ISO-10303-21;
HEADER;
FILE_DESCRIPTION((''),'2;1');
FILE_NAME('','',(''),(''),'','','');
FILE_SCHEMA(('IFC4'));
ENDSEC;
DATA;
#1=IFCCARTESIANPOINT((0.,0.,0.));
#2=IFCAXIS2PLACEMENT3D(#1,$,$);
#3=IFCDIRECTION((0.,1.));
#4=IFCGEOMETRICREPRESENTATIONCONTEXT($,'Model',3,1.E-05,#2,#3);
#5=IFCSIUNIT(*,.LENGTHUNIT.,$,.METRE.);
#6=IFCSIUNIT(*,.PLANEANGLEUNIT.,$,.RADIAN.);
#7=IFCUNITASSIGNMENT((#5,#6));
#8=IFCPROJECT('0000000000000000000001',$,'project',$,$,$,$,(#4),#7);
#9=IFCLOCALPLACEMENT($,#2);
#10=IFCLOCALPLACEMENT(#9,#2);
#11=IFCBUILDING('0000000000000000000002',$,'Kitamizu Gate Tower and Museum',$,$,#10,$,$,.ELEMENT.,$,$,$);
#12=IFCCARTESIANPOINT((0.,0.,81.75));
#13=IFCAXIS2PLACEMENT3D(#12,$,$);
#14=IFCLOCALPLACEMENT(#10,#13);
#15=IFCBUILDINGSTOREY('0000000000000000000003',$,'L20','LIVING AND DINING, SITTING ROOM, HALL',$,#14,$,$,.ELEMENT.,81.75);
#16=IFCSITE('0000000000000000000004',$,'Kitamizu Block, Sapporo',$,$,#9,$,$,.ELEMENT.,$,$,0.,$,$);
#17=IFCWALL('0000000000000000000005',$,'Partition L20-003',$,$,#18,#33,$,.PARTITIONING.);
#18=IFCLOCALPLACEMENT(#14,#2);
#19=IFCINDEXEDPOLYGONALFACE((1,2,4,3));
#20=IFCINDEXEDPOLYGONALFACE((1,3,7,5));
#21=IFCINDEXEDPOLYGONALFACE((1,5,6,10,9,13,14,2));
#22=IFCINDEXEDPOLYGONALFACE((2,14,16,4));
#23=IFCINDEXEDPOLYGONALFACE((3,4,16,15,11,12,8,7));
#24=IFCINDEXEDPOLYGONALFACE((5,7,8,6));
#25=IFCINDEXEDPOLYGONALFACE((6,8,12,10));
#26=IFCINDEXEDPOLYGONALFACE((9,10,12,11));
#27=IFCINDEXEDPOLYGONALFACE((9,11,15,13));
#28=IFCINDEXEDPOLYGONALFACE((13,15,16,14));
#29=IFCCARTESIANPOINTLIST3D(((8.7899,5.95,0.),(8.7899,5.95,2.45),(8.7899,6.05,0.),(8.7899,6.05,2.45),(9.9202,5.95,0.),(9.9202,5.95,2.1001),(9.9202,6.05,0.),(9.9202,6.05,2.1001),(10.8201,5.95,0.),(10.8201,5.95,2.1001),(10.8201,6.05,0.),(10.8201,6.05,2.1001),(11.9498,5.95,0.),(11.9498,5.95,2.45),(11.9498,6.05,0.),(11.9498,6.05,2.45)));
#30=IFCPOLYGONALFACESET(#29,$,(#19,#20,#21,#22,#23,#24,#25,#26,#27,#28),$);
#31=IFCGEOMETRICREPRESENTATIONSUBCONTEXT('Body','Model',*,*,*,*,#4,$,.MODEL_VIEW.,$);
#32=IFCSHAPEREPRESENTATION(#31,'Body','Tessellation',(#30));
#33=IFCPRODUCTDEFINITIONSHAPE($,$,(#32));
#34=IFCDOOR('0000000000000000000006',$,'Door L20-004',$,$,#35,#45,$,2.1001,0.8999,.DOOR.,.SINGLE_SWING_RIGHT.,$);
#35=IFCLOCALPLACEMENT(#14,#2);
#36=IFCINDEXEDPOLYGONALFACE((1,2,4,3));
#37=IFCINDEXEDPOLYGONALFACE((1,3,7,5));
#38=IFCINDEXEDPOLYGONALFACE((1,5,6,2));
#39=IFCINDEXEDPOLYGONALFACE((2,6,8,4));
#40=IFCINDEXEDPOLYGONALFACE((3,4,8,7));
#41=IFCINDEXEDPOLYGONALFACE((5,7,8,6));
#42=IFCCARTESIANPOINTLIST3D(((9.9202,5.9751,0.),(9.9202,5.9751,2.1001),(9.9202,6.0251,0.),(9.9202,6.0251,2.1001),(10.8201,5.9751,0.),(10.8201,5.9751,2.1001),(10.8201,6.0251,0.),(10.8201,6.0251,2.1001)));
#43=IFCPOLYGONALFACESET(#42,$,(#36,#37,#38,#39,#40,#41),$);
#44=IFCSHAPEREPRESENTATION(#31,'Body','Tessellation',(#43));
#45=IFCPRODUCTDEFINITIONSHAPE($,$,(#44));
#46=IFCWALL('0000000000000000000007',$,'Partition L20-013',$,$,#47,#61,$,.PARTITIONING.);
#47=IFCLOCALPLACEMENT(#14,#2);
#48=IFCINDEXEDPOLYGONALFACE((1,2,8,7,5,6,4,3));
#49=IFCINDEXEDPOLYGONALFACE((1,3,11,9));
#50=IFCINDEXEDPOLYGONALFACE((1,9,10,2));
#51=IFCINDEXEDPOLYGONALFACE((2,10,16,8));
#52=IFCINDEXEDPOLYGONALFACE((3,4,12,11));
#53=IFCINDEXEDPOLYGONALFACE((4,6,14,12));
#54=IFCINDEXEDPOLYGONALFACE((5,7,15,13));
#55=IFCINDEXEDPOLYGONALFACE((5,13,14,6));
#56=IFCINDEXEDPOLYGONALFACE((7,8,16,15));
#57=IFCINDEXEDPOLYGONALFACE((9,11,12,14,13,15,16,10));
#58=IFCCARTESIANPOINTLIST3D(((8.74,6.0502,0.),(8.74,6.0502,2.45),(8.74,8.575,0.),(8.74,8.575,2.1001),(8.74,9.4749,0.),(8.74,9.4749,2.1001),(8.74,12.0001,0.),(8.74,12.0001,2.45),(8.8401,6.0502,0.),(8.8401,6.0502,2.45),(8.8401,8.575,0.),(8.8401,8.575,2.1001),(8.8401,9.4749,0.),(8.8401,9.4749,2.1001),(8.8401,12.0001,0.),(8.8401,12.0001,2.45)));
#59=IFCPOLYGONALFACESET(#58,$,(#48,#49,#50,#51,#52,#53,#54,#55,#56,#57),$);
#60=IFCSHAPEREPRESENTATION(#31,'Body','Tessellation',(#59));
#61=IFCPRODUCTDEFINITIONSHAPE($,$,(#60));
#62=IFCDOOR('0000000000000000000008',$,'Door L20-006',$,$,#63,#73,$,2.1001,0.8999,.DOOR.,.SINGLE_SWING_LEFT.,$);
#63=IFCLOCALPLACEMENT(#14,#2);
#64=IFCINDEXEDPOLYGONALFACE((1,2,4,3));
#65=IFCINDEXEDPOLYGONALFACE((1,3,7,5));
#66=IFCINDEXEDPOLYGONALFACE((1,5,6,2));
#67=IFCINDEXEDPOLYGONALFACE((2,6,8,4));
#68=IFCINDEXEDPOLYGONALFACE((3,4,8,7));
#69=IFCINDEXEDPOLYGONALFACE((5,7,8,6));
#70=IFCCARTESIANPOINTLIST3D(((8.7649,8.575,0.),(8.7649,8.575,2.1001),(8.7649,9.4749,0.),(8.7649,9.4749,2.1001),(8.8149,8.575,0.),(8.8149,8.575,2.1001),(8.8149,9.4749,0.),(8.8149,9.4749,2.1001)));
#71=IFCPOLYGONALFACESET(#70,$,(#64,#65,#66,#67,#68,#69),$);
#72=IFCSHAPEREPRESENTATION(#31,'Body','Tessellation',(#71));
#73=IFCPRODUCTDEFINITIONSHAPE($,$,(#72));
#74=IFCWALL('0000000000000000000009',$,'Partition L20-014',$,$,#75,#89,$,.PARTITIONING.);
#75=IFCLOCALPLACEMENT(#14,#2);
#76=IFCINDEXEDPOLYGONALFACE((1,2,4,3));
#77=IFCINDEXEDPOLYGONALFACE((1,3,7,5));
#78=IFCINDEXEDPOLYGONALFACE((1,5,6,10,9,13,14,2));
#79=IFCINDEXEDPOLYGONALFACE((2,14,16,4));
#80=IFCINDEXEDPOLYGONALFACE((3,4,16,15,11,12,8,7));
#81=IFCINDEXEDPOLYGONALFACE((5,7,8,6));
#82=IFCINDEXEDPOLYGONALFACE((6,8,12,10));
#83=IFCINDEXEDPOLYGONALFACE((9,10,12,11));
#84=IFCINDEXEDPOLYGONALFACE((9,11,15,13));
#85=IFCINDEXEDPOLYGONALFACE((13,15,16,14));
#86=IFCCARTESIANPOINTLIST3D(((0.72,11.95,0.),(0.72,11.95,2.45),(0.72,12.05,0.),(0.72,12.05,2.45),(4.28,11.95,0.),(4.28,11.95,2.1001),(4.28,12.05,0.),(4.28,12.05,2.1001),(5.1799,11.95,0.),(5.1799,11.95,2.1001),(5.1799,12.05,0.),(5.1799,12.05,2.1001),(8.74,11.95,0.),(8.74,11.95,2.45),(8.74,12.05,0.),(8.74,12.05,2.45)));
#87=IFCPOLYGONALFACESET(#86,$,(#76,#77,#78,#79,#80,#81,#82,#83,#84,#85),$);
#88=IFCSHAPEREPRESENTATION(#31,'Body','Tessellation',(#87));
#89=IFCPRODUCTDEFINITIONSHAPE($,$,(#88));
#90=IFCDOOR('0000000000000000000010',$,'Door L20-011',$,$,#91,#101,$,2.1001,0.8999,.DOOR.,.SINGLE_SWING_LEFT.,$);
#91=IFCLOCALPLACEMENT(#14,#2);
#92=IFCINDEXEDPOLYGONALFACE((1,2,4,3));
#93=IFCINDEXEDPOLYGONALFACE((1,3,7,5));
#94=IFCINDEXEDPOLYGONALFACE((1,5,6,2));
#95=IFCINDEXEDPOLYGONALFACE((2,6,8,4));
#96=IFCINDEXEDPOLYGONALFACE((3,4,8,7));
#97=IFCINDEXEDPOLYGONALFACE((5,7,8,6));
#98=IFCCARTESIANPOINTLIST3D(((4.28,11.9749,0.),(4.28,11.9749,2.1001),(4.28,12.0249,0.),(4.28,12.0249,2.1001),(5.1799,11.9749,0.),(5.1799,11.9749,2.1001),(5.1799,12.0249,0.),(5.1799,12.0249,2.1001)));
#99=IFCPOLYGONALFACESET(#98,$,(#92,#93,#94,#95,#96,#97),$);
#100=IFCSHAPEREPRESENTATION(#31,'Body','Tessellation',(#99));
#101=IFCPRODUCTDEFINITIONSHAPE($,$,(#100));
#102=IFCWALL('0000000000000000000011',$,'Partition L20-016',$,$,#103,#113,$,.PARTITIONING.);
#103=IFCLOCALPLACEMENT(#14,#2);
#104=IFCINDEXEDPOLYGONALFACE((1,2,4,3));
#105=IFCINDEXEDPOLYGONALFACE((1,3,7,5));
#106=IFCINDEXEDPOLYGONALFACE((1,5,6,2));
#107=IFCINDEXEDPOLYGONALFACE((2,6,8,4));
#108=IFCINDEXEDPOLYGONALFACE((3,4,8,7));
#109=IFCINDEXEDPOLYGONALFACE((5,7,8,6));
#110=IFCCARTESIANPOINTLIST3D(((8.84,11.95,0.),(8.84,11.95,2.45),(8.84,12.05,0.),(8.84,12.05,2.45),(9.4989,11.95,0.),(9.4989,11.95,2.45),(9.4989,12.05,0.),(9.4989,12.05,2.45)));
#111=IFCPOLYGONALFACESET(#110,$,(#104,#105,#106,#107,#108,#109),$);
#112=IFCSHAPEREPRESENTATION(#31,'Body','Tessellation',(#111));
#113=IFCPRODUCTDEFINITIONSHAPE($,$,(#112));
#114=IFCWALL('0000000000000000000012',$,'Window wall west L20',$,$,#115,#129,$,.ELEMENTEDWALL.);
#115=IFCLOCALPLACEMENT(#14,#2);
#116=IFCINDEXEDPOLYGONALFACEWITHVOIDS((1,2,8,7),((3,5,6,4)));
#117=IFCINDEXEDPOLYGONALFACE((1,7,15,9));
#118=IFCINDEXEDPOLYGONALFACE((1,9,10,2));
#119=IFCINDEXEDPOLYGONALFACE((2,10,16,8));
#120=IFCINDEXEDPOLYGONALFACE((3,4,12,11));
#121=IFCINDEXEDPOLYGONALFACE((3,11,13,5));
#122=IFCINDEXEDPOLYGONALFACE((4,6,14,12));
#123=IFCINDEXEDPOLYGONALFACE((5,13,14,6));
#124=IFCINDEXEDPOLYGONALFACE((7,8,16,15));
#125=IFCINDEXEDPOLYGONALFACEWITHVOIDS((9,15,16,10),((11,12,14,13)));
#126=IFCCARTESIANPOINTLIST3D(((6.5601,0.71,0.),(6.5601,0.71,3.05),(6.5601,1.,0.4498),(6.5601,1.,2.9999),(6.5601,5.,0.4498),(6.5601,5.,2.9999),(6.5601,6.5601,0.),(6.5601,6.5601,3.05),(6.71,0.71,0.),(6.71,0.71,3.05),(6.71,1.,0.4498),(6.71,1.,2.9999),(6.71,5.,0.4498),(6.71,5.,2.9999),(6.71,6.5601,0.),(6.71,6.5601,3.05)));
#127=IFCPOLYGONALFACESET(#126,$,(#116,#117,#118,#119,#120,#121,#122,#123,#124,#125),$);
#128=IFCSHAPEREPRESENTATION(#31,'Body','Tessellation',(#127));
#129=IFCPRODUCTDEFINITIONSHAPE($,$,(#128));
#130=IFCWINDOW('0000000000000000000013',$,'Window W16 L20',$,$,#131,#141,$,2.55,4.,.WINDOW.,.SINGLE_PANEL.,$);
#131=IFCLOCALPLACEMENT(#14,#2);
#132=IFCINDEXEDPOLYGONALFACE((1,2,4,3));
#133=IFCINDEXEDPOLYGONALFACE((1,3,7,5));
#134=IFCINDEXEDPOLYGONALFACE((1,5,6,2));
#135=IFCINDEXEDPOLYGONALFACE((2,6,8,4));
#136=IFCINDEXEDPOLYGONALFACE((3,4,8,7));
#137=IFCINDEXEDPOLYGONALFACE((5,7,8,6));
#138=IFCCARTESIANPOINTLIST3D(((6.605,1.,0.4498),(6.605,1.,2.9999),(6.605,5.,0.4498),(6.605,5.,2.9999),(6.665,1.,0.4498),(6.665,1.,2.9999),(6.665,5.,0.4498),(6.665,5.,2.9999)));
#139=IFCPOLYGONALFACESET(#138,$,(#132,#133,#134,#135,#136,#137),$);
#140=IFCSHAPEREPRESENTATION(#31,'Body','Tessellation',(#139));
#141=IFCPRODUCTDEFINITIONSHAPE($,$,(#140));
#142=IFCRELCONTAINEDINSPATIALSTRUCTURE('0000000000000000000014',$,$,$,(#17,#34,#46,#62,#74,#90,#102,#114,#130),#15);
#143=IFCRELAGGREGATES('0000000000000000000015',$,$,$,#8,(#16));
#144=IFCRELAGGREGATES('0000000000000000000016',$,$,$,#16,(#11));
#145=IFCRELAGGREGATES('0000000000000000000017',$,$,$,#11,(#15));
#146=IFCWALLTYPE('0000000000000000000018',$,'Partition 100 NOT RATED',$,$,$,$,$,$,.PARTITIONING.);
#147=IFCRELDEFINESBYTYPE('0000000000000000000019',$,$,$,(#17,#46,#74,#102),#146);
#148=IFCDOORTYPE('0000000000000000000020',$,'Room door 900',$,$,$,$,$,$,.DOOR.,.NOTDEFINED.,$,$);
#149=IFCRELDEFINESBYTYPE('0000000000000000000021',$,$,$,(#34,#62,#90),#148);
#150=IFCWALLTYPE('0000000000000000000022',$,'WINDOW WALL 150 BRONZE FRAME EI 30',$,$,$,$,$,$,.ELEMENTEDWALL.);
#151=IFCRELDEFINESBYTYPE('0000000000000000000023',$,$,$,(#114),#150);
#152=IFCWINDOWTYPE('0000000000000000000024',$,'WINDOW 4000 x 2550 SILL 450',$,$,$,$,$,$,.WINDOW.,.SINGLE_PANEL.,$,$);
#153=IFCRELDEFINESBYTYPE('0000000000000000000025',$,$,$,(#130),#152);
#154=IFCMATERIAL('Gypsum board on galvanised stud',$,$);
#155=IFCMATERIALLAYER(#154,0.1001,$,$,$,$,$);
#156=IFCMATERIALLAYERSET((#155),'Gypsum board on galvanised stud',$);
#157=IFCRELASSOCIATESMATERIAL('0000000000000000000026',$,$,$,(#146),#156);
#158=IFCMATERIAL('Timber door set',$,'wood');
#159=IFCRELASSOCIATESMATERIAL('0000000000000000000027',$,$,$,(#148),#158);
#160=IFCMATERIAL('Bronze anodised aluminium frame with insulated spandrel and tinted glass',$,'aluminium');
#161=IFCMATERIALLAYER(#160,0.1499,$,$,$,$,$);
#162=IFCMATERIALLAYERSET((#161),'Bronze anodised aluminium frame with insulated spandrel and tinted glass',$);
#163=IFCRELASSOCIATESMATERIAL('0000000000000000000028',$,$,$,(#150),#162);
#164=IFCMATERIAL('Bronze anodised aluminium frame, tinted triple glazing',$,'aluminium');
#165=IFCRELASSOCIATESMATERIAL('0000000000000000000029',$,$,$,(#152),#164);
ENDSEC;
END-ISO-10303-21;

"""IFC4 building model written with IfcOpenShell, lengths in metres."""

from ifc_helpers import new_model, si_unit, direction, frame, frame_2d, origin, place, context, subcontext, project, spatial, rectangle, extrude, material, layer, layer_set, type_object, element, fill, save


model = new_model("IFC4")

# Units and contexts
model_context = context("Model", 3, precision=1e-05, world=origin(), true_north=direction((0.0, 1.0)))
body_context = subcontext(model_context, "Body", "Model", "MODEL_VIEW")
ifc_project = project(units=[si_unit("LENGTHUNIT", "METRE"), si_unit("PLANEANGLEUNIT", "RADIAN")], contexts=[model_context])

# Site, building, storey
site_placement = place(None, origin())
site = spatial("IfcSite", under=ifc_project, at=site_placement, Name="Kitamizu Block, Sapporo", CompositionType="ELEMENT", RefElevation=0.0)
building_placement = place(site_placement, origin())
building = spatial("IfcBuilding", under=site, at=building_placement, Name="Kitamizu Gate Tower and Museum", CompositionType="ELEMENT")
storey_placement = place(building_placement, frame((0.0, 0.0, 81.75)))
storey = spatial("IfcBuildingStorey", under=building, at=storey_placement, Name="L20", Description="LIVING AND DINING, SITTING ROOM, HALL", CompositionType="ELEMENT", Elevation=81.75)

# Shared definitions
ifc_material_1 = material(Name="Gypsum board on galvanised stud")
ifc_layer_1 = layer(ifc_material_1, 0.1001)
ifc_layer_set_1 = layer_set([ifc_layer_1], Name="Gypsum board on galvanised stud")
wall_type_1 = type_object("IfcWallType", Name="Partition 100 NOT RATED", PredefinedType="PARTITIONING", material=ifc_layer_set_1)

# Walls, openings, doors
wall_1_placement = place(storey_placement, frame((11.95, 6.0, 0.0), z_axis=(0.0, 0.0, 1.0), x_axis=(-1.0, 0.0, 0.0)))
wall_1 = element("IfcWall", 1, at=wall_1_placement, inside=storey, type_object=wall_type_1, Name="Partition L20-003", PredefinedType="PARTITIONING", context=body_context, shape_type="SweptSolid", body=[
    extrude(rectangle(XDim=3.1599, YDim=0.1001, at=frame_2d((1.5801, 0.0))), origin(), (0.0, 0.0, 1.0), 2.45),
])
opening_1_placement = place(wall_1_placement, frame((1.1299, 0.0, 0.0)))
opening_1 = element("IfcOpeningElement", 2, at=opening_1_placement, cuts=wall_1, PredefinedType="OPENING", context=body_context, shape_type="SweptSolid", body=[
    extrude(rectangle(XDim=0.8999, YDim=2.1001, at=frame_2d((0.45, 1.05))), frame((0.0, 0.0601, 0.0), z_axis=(0.0, -1.0, 0.0), x_axis=(1.0, 0.0, 0.0)), (0.0, 0.0, 1.0), 0.1201),
])
ifc_material_2 = material(Name="Timber door set", Category="wood")
door_type = type_object("IfcDoorType", Name="Room door 900", OperationType="NOTDEFINED", PredefinedType="DOOR", material=ifc_material_2)
door_1_placement = place(opening_1_placement, origin())
door_1 = element("IfcDoor", 3, at=door_1_placement, inside=storey, type_object=door_type, Name="Door L20-004", OperationType="SINGLE_SWING_RIGHT", OverallHeight=2.1001, OverallWidth=0.8999, PredefinedType="DOOR", context=body_context, shape_type="SweptSolid", body=[
    extrude(rectangle(XDim=0.8999, YDim=2.1001, at=frame_2d((0.45, 1.05))), frame((0.0, 0.0249, 0.0), z_axis=(0.0, -1.0, 0.0), x_axis=(1.0, 0.0, 0.0)), (0.0, 0.0, 1.0), 0.05),
])
fill(opening_1, door_1)
wall_2_placement = place(storey_placement, frame((8.79, 6.05, 0.0), z_axis=(0.0, 0.0, 1.0), x_axis=(0.0, 1.0, 0.0)))
wall_2 = element("IfcWall", 4, at=wall_2_placement, inside=storey, type_object=wall_type_1, Name="Partition L20-013", PredefinedType="PARTITIONING", context=body_context, shape_type="SweptSolid", body=[
    extrude(rectangle(XDim=5.95, YDim=0.1001, at=frame_2d((2.9751, 0.0))), origin(), (0.0, 0.0, 1.0), 2.45),
])
opening_2_placement = place(wall_2_placement, frame((2.5249, 0.0, 0.0)))
opening_2 = element("IfcOpeningElement", 5, at=opening_2_placement, cuts=wall_2, PredefinedType="OPENING", context=body_context, shape_type="SweptSolid", body=[
    extrude(rectangle(XDim=0.8999, YDim=2.1001, at=frame_2d((0.45, 1.05))), frame((0.0, 0.0601, 0.0), z_axis=(0.0, -1.0, 0.0), x_axis=(1.0, 0.0, 0.0)), (0.0, 0.0, 1.0), 0.1201),
])
door_2_placement = place(opening_2_placement, frame((0.8999, 0.0, 0.0), x_axis=(-1.0, 0.0, 0.0)))
door_2 = element("IfcDoor", 6, at=door_2_placement, inside=storey, type_object=door_type, Name="Door L20-006", OperationType="SINGLE_SWING_LEFT", OverallHeight=2.1001, OverallWidth=0.8999, PredefinedType="DOOR", context=body_context, shape_type="SweptSolid", body=[
    extrude(rectangle(XDim=0.8999, YDim=2.1001, at=frame_2d((0.45, 1.05))), frame((0.0, 0.0249, 0.0), z_axis=(0.0, -1.0, 0.0), x_axis=(1.0, 0.0, 0.0)), (0.0, 0.0, 1.0), 0.05),
])
fill(opening_2, door_2)
wall_3_placement = place(storey_placement, frame((8.74, 12.0, 0.0), z_axis=(0.0, 0.0, 1.0), x_axis=(-1.0, 0.0, 0.0)))
wall_3 = element("IfcWall", 7, at=wall_3_placement, inside=storey, type_object=wall_type_1, Name="Partition L20-014", PredefinedType="PARTITIONING", context=body_context, shape_type="SweptSolid", body=[
    extrude(rectangle(XDim=8.02, YDim=0.1001, at=frame_2d((4.01, 0.0))), origin(), (0.0, 0.0, 1.0), 2.45),
])
opening_3_placement = place(wall_3_placement, frame((3.5601, 0.0, 0.0)))
opening_3 = element("IfcOpeningElement", 8, at=opening_3_placement, cuts=wall_3, PredefinedType="OPENING", context=body_context, shape_type="SweptSolid", body=[
    extrude(rectangle(XDim=0.8999, YDim=2.1001, at=frame_2d((0.45, 1.05))), frame((0.0, 0.0601, 0.0), z_axis=(0.0, -1.0, 0.0), x_axis=(1.0, 0.0, 0.0)), (0.0, 0.0, 1.0), 0.1201),
])
door_3_placement = place(opening_3_placement, frame((0.8999, 0.0, 0.0), x_axis=(-1.0, 0.0, 0.0)))
door_3 = element("IfcDoor", 9, at=door_3_placement, inside=storey, type_object=door_type, Name="Door L20-011", OperationType="SINGLE_SWING_LEFT", OverallHeight=2.1001, OverallWidth=0.8999, PredefinedType="DOOR", context=body_context, shape_type="SweptSolid", body=[
    extrude(rectangle(XDim=0.8999, YDim=2.1001, at=frame_2d((0.45, 1.05))), frame((0.0, 0.0249, 0.0), z_axis=(0.0, -1.0, 0.0), x_axis=(1.0, 0.0, 0.0)), (0.0, 0.0, 1.0), 0.05),
])
fill(opening_3, door_3)

# Wall
wall_4_placement = place(storey_placement, frame((9.499, 12.0, 0.0), z_axis=(0.0, 0.0, 1.0), x_axis=(-1.0, 0.0, 0.0)))
element("IfcWall", 10, at=wall_4_placement, inside=storey, type_object=wall_type_1, Name="Partition L20-016", PredefinedType="PARTITIONING", context=body_context, shape_type="SweptSolid", body=[
    extrude(rectangle(XDim=0.6589, YDim=0.1001, at=frame_2d((0.3296, 0.0))), origin(), (0.0, 0.0, 1.0), 2.45),
])

# Shared definitions
ifc_material_3 = material(Name="Bronze anodised aluminium frame with insulated spandrel and tinted glass", Category="aluminium")
ifc_layer_2 = layer(ifc_material_3, 0.1499)
ifc_layer_set_2 = layer_set([ifc_layer_2], Name="Bronze anodised aluminium frame with insulated spandrel and tinted glass")
wall_type_2 = type_object("IfcWallType", Name="WINDOW WALL 150 BRONZE FRAME EI 30", PredefinedType="ELEMENTEDWALL", material=ifc_layer_set_2)

# Wall, opening, window
wall_5_placement = place(storey_placement, frame((6.635, 0.71, 0.0), z_axis=(0.0, 0.0, 1.0), x_axis=(0.0, 1.0, 0.0)))
wall_5 = element("IfcWall", 11, at=wall_5_placement, inside=storey, type_object=wall_type_2, Name="Window wall west L20", PredefinedType="ELEMENTEDWALL", context=body_context, shape_type="SweptSolid", body=[
    extrude(rectangle(XDim=5.8501, YDim=0.1499, at=frame_2d((2.925, 0.0))), origin(), (0.0, 0.0, 1.0), 3.05),
])
opening_4_placement = place(wall_5_placement, frame((0.29, 0.0, 0.45)))
opening_4 = element("IfcOpeningElement", 12, at=opening_4_placement, cuts=wall_5, PredefinedType="OPENING", context=body_context, shape_type="SweptSolid", body=[
    extrude(rectangle(XDim=4.0, YDim=2.55, at=frame_2d((2.0, 1.2749))), frame((0.0, 0.085, 0.0), z_axis=(0.0, -1.0, 0.0), x_axis=(1.0, 0.0, 0.0)), (0.0, 0.0, 1.0), 0.1699),
])
ifc_material_4 = material(Name="Bronze anodised aluminium frame, tinted triple glazing", Category="aluminium")
window_type_1 = type_object("IfcWindowType", Name="WINDOW 4000 x 2550 SILL 450", PartitioningType="SINGLE_PANEL", PredefinedType="WINDOW", material=ifc_material_4)
window_1_placement = place(opening_4_placement, origin())
window_1 = element("IfcWindow", 13, at=window_1_placement, inside=storey, type_object=window_type_1, Name="Window W16 L20", OverallHeight=2.55, OverallWidth=4.0, PartitioningType="SINGLE_PANEL", PredefinedType="WINDOW", context=body_context, shape_type="SweptSolid", body=[
    extrude(rectangle(XDim=4.0, YDim=2.55, at=frame_2d((2.0, 1.2749))), frame((0.0, 0.03, 0.0), z_axis=(0.0, -1.0, 0.0), x_axis=(1.0, 0.0, 0.0)), (0.0, 0.0, 1.0), 0.0601),
])
fill(opening_4, window_1)

save(model, "model.ifc")
